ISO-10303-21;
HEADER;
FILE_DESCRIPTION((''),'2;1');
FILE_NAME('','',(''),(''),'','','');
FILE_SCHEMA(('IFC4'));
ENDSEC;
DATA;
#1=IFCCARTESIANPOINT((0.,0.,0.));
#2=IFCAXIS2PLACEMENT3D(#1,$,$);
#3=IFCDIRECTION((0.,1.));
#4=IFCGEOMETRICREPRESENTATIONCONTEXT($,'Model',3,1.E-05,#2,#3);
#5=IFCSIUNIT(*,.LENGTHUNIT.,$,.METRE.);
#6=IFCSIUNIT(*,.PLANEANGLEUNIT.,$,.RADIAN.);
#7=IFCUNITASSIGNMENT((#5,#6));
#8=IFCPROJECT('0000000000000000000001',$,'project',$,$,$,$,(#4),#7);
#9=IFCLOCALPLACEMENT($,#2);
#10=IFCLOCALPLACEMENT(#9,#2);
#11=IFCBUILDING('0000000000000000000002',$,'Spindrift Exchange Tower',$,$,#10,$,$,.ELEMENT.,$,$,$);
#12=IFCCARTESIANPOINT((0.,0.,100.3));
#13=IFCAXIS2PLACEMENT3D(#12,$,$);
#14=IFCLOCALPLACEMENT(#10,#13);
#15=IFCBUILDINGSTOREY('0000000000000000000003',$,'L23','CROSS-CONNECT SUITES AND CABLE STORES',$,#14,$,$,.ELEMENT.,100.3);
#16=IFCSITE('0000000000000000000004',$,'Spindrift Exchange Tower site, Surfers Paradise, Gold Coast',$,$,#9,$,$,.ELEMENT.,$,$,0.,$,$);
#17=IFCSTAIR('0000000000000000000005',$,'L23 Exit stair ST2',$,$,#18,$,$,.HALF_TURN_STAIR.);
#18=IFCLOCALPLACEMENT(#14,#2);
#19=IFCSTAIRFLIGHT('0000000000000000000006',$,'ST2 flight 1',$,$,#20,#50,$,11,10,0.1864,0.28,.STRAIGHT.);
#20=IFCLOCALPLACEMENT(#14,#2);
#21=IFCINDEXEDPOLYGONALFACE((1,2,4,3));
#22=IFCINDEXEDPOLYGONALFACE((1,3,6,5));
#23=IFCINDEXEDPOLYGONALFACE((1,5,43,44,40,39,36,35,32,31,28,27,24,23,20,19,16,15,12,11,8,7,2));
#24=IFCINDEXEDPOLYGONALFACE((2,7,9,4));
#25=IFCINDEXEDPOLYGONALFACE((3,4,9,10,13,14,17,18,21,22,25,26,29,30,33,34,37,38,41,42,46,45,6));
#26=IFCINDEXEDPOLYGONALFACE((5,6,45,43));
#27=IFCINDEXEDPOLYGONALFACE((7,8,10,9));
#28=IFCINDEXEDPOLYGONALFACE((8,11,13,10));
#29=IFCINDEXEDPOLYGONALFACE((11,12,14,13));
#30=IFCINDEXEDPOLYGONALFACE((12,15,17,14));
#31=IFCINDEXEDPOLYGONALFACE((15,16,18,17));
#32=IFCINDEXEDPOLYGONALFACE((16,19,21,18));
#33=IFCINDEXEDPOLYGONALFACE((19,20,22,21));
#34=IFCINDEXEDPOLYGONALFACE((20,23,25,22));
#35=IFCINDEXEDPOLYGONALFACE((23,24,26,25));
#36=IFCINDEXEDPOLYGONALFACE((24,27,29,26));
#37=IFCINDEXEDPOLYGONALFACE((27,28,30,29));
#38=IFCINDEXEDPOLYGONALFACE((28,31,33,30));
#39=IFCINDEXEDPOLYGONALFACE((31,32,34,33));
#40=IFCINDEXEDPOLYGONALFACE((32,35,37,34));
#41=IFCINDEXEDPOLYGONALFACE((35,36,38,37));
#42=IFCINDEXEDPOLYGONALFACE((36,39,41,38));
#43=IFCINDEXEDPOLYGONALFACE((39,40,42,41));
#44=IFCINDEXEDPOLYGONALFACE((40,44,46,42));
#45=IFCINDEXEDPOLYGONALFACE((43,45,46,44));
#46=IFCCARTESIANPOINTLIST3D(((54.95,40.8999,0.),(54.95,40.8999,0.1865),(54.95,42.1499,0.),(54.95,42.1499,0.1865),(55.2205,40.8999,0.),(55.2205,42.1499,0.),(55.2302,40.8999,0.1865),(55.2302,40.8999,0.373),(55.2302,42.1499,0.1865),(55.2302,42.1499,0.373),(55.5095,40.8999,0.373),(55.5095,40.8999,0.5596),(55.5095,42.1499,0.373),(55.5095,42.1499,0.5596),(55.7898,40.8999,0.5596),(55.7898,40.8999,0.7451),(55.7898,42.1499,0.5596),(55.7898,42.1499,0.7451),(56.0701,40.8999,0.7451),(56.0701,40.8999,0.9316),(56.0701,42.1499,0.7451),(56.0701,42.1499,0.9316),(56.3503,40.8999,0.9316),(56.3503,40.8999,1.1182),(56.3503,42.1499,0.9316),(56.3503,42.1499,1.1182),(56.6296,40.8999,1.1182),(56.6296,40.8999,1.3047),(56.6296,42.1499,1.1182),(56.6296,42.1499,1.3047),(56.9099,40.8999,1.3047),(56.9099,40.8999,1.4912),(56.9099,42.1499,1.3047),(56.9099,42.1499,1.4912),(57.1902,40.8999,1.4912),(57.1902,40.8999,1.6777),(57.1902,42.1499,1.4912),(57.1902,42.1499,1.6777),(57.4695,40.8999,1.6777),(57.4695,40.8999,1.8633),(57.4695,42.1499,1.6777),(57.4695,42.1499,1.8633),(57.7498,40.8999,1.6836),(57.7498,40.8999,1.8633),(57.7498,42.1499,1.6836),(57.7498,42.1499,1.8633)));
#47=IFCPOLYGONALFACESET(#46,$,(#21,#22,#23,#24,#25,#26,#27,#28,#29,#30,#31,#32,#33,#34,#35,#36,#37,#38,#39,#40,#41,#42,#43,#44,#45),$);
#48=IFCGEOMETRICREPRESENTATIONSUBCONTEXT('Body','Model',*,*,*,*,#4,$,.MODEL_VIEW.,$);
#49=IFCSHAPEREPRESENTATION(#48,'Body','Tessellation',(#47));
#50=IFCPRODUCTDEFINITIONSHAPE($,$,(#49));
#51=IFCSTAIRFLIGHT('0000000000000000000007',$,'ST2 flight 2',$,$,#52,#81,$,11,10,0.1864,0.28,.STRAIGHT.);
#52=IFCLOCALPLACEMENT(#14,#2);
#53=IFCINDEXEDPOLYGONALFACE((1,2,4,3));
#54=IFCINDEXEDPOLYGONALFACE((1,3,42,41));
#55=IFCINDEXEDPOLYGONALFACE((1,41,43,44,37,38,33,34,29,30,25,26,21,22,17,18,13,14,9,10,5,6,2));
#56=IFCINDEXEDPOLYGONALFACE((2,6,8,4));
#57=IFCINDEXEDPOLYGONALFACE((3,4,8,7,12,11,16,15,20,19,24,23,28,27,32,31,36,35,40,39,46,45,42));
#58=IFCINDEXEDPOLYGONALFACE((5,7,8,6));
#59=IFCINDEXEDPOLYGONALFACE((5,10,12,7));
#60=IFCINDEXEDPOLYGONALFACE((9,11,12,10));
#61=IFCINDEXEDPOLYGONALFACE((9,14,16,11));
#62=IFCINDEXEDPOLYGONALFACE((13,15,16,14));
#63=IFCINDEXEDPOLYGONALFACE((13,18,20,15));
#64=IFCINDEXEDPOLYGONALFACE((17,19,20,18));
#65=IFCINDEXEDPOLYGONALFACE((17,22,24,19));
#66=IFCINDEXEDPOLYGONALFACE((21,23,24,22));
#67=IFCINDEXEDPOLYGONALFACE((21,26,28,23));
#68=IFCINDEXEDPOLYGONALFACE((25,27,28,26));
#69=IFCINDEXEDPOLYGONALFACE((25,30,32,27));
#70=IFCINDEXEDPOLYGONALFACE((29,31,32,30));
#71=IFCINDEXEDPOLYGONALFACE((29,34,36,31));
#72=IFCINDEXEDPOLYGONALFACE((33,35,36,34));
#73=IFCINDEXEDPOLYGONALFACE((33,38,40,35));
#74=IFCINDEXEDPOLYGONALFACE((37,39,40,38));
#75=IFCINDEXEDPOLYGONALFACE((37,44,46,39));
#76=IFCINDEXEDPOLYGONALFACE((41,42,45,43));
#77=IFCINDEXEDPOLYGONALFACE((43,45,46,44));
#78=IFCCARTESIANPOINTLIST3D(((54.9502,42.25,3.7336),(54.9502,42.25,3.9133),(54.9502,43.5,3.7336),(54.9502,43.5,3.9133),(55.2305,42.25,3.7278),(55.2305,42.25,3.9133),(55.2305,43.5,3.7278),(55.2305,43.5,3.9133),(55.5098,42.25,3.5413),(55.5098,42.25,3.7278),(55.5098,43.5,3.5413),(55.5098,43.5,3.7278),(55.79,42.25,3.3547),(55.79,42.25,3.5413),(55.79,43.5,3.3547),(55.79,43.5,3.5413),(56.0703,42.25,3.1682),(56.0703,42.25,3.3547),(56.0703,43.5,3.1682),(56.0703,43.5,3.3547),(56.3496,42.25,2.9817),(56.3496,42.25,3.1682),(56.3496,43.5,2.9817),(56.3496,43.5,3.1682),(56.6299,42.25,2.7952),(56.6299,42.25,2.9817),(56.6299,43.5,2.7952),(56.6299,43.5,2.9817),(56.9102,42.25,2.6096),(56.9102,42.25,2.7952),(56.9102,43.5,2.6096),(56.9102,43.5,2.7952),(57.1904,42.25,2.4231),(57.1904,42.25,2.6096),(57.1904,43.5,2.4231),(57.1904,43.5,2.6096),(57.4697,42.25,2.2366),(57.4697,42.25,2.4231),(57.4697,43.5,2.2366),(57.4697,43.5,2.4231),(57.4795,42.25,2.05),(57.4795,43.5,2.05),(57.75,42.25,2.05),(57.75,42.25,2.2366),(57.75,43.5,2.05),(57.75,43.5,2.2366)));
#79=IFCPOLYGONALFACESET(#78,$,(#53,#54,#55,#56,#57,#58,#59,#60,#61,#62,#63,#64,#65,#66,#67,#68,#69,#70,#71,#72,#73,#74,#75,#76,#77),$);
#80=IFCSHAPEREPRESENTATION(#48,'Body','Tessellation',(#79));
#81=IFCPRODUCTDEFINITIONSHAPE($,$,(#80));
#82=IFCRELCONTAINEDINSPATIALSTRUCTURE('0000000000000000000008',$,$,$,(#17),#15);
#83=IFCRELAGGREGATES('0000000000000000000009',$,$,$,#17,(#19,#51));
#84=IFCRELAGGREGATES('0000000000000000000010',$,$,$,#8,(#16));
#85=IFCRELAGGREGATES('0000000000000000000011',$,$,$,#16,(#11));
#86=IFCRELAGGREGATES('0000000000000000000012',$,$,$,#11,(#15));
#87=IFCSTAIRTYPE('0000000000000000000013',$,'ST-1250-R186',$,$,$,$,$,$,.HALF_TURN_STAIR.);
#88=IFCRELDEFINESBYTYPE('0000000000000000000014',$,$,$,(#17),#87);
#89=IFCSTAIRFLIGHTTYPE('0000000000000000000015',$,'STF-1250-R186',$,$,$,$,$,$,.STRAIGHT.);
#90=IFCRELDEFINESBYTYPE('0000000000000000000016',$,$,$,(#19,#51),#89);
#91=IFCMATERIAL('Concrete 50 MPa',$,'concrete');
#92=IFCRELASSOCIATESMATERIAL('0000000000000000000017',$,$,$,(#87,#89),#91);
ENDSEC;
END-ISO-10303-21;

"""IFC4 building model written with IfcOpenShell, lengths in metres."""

from ifc_helpers import new_model, si_unit, direction, frame, origin, place, context, subcontext, project, spatial, line, indexed_curve, outline, extrude, material, type_object, element, aggregate, save


model = new_model("IFC4")

# Units and contexts
model_context = context("Model", 3, precision=1e-05, world=origin(), true_north=direction((0.0, 1.0)))
body_context = subcontext(model_context, "Body", "Model", "MODEL_VIEW")
ifc_project = project(units=[si_unit("LENGTHUNIT", "METRE"), si_unit("PLANEANGLEUNIT", "RADIAN")], contexts=[model_context])

# Site, building, storey
site_placement = place(None, origin())
site = spatial("IfcSite", under=ifc_project, at=site_placement, Name="Spindrift Exchange Tower site, Surfers Paradise, Gold Coast", CompositionType="ELEMENT", RefElevation=0.0)
building_placement = place(site_placement, origin())
building = spatial("IfcBuilding", under=site, at=building_placement, Name="Spindrift Exchange Tower", CompositionType="ELEMENT")
storey_placement = place(building_placement, frame((0.0, 0.0, 100.3)))
storey = spatial("IfcBuildingStorey", under=building, at=storey_placement, Name="L23", Description="CROSS-CONNECT SUITES AND CABLE STORES", CompositionType="ELEMENT", Elevation=100.3)

# Stair, stair flights
ifc_material_1 = material(Name="Concrete 50 MPa", Category="concrete")
stair_type = type_object("IfcStairType", Name="ST-1250-R186", PredefinedType="HALF_TURN_STAIR", material=ifc_material_1)
stair_placement = place(storey_placement, origin())
stair = element("IfcStair", 1, at=stair_placement, inside=storey, type_object=stair_type, Name="L23 Exit stair ST2", PredefinedType="HALF_TURN_STAIR")
stair_flight_type = type_object("IfcStairFlightType", Name="STF-1250-R186", PredefinedType="STRAIGHT", material=ifc_material_1)
stair_flight_1_placement = place(storey_placement, frame((54.95, 41.5249, 0.0), z_axis=(0.0, 0.0, 1.0), x_axis=(1.0, 0.0, 0.0)))
stair_flight_1 = element("IfcStairFlight", 2, at=stair_flight_1_placement, type_object=stair_flight_type, Name="ST2 flight 1", NumberOfRisers=11, NumberOfTreads=10, PredefinedType="STRAIGHT", RiserHeight=0.1864, TreadLength=0.28, context=body_context, shape_type="SweptSolid", body=[
    extrude(outline(indexed_curve([(0.0, 0.0), (0.0, 0.1865), (0.2803, 0.1865), (0.2803, 0.373), (0.5596, 0.373), (0.5596, 0.5596), (0.8398, 0.5596), (0.8398, 0.7451), (1.1201, 0.7451), (1.1201, 0.9316), (1.4004, 0.9316), (1.4004, 1.1182), (1.6797, 1.1182), (1.6797, 1.3047), (1.96, 1.3047), (1.96, 1.4912), (2.2402, 1.4912), (2.2402, 1.6777), (2.5195, 1.6777), (2.5195, 1.8633), (2.7998, 1.8633), (2.7998, 2.0498), (2.7998, 1.6836), (0.2705, 0.0)], segments=[line(1, 2, 3, 4, 5, 6, 7, 8, 9, 10, 11, 12, 13, 14, 15, 16, 17, 18, 19, 20, 21, 22, 23, 24, 1)], self_intersect=False)), frame((0.0, 0.625, 0.0), z_axis=(0.0, -1.0, 0.0), x_axis=(1.0, 0.0, 0.0)), (0.0, 0.0, 1.0), 1.25),
])
stair_flight_2_placement = place(storey_placement, frame((57.75, 42.875, 2.05), z_axis=(0.0, 0.0, 1.0), x_axis=(-1.0, 0.0, 0.0)))
stair_flight_2 = element("IfcStairFlight", 3, at=stair_flight_2_placement, type_object=stair_flight_type, Name="ST2 flight 2", NumberOfRisers=11, NumberOfTreads=10, PredefinedType="STRAIGHT", RiserHeight=0.1864, TreadLength=0.28, context=body_context, shape_type="SweptSolid", body=[
    extrude(outline(indexed_curve([(0.0, 0.0), (0.0, 0.1865), (0.2803, 0.1865), (0.2803, 0.373), (0.5596, 0.373), (0.5596, 0.5596), (0.8398, 0.5596), (0.8398, 0.7451), (1.1201, 0.7451), (1.1201, 0.9316), (1.4004, 0.9316), (1.4004, 1.1182), (1.6797, 1.1182), (1.6797, 1.3047), (1.96, 1.3047), (1.96, 1.4912), (2.2402, 1.4912), (2.2402, 1.6777), (2.5195, 1.6777), (2.5195, 1.8633), (2.7998, 1.8633), (2.7998, 2.0498), (2.7998, 1.6836), (0.2705, 0.0)], segments=[line(1, 2, 3, 4, 5, 6, 7, 8, 9, 10, 11, 12, 13, 14, 15, 16, 17, 18, 19, 20, 21, 22, 23, 24, 1)], self_intersect=False)), frame((0.0, 0.625, 0.0), z_axis=(0.0, -1.0, 0.0), x_axis=(1.0, 0.0, 0.0)), (0.0, 0.0, 1.0), 1.25),
])
aggregate(stair, [stair_flight_1, stair_flight_2])

save(model, "model.ifc")
